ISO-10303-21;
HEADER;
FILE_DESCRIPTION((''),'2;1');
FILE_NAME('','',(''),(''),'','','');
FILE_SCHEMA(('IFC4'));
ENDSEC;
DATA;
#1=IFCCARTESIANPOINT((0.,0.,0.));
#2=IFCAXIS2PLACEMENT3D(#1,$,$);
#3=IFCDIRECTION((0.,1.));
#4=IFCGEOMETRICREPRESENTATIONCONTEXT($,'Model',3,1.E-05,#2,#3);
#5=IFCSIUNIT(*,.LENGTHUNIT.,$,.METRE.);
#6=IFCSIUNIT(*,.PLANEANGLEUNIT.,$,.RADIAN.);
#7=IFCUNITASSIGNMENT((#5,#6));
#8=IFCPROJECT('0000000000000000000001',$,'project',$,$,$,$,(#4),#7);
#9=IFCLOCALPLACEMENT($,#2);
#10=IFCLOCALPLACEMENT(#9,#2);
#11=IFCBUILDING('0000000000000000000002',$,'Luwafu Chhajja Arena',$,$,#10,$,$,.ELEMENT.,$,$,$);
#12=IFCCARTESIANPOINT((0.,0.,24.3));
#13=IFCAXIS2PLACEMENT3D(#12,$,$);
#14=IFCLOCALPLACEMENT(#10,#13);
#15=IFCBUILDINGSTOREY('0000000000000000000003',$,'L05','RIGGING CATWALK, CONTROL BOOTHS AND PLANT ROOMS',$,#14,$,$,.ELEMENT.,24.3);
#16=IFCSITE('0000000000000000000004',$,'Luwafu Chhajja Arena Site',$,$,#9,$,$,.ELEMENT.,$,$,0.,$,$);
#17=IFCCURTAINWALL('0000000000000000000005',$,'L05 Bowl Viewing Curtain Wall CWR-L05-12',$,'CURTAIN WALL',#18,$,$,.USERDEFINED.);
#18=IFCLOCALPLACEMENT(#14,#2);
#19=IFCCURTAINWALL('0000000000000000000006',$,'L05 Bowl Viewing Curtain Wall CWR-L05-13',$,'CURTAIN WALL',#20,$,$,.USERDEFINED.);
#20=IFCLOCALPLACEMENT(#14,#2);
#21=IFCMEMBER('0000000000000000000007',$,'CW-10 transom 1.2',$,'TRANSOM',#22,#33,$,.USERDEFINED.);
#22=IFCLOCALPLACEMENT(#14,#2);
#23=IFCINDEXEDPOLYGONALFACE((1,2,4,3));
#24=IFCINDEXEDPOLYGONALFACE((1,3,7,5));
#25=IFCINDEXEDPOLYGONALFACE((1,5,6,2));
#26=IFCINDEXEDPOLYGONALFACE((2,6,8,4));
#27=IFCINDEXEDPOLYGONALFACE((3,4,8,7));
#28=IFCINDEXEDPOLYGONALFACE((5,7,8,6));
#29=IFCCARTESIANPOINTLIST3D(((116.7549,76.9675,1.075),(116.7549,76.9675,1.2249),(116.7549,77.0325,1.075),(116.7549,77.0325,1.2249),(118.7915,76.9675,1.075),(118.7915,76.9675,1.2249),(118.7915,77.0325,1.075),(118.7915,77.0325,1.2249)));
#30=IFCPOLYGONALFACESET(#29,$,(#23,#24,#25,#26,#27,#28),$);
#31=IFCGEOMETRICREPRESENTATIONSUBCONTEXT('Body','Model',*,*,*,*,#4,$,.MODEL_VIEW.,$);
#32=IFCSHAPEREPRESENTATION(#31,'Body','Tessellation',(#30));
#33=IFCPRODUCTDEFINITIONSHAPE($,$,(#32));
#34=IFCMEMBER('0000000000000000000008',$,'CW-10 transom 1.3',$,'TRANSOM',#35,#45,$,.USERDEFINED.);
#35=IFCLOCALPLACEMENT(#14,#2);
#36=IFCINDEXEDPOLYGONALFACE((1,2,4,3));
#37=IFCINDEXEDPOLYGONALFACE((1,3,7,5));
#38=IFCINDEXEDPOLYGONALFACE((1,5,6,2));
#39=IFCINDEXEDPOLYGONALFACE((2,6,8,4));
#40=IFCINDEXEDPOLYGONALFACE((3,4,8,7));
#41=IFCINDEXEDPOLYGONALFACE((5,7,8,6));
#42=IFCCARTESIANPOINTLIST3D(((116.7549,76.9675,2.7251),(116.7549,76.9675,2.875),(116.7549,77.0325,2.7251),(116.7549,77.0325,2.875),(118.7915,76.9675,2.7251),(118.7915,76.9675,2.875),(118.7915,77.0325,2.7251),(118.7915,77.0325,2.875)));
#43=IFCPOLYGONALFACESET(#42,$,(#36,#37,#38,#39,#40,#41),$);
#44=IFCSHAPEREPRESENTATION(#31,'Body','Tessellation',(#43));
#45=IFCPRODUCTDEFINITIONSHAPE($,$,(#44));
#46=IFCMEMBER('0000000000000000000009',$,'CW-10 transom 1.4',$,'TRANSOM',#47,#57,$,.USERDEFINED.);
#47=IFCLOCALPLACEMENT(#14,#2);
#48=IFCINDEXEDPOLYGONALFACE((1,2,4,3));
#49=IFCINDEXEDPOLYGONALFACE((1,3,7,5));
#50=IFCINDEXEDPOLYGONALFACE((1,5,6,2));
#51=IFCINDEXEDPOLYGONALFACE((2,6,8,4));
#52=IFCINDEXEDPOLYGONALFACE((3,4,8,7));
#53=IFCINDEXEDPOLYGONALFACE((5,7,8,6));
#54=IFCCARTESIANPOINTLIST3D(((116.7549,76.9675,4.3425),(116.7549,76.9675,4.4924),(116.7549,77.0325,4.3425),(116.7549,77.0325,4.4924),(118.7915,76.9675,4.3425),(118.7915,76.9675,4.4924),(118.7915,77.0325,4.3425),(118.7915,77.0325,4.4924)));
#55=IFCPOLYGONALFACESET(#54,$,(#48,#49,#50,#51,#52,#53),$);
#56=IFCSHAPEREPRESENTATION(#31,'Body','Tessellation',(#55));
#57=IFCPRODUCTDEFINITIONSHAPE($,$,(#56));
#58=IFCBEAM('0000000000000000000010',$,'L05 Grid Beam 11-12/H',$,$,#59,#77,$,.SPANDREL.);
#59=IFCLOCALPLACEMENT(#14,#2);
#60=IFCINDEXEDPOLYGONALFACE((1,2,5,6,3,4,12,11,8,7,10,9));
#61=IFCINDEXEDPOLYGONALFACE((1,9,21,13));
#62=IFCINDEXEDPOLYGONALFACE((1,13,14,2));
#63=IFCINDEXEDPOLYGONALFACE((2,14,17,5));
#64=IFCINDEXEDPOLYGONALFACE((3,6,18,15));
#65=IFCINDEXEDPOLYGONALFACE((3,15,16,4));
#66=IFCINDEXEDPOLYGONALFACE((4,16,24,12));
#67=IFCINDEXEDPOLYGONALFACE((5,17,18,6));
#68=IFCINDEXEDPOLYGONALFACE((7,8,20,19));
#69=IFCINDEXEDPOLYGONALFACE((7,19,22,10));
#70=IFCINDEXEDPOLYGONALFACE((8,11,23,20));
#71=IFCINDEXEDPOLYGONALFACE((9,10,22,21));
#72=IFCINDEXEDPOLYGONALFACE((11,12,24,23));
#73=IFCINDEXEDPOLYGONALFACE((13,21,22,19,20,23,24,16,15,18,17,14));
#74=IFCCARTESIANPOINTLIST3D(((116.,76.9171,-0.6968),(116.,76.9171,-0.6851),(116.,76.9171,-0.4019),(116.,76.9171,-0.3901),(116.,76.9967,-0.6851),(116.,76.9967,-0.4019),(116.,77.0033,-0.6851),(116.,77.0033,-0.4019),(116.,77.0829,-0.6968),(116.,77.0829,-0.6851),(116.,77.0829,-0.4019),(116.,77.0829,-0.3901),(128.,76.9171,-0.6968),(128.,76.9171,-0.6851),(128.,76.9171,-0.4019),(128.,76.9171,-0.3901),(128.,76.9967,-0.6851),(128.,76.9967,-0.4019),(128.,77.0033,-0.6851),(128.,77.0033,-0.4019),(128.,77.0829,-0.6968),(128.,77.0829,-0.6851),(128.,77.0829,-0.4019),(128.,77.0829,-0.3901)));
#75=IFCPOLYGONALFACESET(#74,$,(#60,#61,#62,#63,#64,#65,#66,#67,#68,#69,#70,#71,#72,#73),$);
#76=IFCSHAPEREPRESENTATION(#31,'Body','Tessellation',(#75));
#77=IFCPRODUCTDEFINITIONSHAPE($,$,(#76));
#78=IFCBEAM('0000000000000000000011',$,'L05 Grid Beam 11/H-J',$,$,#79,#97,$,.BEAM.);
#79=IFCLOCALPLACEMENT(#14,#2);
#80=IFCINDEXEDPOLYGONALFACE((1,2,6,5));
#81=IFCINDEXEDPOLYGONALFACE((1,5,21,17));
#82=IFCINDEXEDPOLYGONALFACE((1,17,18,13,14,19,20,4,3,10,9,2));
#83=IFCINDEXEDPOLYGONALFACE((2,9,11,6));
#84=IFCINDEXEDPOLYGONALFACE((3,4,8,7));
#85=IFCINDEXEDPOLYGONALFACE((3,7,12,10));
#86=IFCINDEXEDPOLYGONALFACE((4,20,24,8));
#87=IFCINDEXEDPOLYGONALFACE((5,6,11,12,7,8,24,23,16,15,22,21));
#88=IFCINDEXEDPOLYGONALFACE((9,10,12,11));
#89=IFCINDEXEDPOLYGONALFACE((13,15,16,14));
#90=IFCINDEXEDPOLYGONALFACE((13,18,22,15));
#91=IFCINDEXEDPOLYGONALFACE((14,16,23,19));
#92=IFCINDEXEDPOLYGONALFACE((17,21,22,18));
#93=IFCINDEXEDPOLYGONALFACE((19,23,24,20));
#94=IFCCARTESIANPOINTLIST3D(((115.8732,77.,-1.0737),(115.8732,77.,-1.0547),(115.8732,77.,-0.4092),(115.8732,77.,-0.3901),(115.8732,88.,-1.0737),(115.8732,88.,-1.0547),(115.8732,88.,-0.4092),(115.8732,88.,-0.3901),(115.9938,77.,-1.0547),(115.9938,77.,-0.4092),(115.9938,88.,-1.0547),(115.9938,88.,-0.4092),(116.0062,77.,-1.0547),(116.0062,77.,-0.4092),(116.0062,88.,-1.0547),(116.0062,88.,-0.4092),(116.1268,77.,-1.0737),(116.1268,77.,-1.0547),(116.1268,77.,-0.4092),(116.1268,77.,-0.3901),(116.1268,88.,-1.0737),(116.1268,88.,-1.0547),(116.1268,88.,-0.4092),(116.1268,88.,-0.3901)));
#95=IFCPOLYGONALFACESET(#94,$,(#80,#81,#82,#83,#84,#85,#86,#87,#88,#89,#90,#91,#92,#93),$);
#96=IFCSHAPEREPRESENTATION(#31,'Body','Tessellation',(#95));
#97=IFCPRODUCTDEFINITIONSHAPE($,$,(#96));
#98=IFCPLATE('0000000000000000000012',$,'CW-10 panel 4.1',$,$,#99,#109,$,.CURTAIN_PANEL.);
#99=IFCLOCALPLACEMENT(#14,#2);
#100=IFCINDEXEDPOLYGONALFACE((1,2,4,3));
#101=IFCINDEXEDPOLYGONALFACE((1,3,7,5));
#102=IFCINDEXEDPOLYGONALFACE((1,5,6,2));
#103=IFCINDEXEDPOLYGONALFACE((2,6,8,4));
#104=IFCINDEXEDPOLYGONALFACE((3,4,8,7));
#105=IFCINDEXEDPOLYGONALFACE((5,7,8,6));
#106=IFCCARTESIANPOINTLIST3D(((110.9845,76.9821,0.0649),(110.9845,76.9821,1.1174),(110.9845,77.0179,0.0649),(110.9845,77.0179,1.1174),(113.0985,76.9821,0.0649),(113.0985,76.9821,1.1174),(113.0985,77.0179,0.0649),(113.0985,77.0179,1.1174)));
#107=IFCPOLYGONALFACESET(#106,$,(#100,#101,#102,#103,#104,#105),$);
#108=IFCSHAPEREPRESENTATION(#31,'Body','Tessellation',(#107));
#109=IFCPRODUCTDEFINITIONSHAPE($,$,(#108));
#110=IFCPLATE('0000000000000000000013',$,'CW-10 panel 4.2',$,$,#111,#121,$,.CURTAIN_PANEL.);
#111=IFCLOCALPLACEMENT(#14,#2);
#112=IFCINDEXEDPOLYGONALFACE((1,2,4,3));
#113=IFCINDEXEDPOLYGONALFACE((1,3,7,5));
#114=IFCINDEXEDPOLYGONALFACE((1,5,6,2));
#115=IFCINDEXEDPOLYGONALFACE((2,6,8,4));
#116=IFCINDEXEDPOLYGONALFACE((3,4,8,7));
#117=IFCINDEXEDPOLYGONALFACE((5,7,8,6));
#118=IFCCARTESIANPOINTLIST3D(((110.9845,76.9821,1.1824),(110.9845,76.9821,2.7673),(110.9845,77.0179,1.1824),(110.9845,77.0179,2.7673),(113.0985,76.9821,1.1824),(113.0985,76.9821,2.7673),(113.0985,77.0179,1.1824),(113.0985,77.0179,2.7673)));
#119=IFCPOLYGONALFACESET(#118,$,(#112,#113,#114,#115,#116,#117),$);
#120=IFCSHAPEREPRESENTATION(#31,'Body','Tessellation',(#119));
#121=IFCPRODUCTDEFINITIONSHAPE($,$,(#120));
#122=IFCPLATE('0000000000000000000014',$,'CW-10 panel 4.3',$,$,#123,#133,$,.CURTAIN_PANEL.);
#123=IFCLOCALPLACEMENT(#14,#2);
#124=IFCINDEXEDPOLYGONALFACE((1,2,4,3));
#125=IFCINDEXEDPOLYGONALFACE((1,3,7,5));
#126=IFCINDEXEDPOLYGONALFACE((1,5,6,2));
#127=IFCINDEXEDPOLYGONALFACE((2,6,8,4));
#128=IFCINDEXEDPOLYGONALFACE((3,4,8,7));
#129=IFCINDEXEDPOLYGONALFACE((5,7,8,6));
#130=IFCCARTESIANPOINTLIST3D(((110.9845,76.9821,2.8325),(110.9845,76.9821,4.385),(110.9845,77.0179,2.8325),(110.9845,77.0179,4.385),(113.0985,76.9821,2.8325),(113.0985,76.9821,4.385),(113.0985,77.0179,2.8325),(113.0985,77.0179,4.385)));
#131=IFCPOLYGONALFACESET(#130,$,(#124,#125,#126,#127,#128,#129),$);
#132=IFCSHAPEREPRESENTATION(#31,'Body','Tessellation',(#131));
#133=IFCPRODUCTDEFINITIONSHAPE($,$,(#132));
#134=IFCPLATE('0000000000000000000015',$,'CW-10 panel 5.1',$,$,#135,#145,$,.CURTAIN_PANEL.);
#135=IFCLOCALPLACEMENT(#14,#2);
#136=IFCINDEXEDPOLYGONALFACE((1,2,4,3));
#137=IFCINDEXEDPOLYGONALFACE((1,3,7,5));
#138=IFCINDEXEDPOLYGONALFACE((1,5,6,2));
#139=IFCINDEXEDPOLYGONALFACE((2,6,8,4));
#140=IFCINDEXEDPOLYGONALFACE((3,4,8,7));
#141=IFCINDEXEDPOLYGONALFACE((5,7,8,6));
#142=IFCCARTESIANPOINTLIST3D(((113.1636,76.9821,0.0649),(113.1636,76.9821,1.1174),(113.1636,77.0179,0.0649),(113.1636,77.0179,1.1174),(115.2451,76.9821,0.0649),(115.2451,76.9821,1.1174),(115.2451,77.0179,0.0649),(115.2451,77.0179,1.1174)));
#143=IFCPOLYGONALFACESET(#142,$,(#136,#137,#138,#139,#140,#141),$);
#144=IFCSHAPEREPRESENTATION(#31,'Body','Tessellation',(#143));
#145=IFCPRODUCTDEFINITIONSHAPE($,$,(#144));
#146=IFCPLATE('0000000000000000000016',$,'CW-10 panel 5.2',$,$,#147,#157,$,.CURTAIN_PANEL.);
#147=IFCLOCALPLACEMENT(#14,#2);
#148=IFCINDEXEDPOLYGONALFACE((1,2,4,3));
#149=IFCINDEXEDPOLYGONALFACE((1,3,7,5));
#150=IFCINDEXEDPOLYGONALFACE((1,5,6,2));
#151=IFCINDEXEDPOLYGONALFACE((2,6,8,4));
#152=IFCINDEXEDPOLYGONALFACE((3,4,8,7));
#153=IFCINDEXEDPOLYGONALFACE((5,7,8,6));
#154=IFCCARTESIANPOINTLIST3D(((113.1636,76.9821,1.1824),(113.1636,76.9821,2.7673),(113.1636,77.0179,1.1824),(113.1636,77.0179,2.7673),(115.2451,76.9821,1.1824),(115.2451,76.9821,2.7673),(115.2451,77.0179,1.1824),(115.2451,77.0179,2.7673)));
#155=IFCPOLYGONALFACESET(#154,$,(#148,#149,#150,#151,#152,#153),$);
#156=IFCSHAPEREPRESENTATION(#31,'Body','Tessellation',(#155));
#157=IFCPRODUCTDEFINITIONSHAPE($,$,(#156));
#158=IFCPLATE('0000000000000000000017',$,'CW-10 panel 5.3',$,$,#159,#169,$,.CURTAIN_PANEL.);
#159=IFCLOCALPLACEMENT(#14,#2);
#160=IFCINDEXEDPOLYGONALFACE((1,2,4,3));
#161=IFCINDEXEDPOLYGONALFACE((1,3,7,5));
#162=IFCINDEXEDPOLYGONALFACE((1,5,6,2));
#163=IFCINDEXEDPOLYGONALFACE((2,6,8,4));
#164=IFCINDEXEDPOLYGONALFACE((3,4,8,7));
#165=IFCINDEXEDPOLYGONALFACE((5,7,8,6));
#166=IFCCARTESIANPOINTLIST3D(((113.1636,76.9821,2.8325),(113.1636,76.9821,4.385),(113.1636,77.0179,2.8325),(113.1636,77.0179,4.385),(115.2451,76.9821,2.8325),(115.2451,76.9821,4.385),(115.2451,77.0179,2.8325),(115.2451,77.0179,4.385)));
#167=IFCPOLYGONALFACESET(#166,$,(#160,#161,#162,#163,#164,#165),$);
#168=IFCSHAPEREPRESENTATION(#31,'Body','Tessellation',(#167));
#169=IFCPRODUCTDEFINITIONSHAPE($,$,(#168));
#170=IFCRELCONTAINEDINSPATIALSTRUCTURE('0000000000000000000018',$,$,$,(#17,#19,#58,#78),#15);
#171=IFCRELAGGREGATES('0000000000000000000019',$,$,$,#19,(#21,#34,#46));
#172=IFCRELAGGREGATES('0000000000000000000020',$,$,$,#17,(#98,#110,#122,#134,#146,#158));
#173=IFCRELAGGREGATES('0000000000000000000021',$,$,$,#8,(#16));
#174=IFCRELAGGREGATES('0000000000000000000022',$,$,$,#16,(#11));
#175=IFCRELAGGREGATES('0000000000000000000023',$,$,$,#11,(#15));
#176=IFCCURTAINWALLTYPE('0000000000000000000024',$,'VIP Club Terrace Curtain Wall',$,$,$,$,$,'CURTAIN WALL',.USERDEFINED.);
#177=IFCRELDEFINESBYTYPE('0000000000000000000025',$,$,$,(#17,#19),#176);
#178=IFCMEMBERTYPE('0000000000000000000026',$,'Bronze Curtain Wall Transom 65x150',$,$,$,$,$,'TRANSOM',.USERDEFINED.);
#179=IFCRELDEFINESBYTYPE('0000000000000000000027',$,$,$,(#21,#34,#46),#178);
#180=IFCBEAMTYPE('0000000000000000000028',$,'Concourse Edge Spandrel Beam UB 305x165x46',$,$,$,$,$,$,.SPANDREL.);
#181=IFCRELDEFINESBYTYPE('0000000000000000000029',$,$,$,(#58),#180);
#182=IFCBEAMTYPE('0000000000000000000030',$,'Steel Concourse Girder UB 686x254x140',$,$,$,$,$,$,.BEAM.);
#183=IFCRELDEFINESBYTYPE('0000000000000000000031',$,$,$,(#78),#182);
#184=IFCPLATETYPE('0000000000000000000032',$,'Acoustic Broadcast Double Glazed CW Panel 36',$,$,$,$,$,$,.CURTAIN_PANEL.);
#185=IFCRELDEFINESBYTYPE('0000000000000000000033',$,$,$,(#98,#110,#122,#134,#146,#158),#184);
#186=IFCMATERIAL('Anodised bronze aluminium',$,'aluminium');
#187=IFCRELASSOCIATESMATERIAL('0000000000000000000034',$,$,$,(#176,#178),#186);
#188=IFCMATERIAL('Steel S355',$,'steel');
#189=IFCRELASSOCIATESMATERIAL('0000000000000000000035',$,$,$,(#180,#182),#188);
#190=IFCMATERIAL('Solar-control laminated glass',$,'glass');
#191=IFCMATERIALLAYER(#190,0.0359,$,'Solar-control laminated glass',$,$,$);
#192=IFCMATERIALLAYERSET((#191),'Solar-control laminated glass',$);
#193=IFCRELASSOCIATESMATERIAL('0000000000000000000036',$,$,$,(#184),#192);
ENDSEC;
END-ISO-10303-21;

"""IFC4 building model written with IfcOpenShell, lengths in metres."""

from ifc_helpers import new_model, si_unit, direction, frame, origin, origin_2d, place, context, subcontext, project, spatial, rectangle, i_section, extrude, material, layer, layer_set, material_profile, profile_set, type_object, element, aggregate, save


model = new_model("IFC4")

# Units and contexts
model_context = context("Model", 3, precision=1e-05, world=origin(), true_north=direction((0.0, 1.0)))
body_context = subcontext(model_context, "Body", "Model", "MODEL_VIEW")
ifc_project = project(units=[si_unit("LENGTHUNIT", "METRE"), si_unit("PLANEANGLEUNIT", "RADIAN")], contexts=[model_context])

# Site, building, storey
site_placement = place(None, origin())
site = spatial("IfcSite", under=ifc_project, at=site_placement, Name="Luwafu Chhajja Arena Site", CompositionType="ELEMENT", RefElevation=0.0)
building_placement = place(site_placement, origin())
building = spatial("IfcBuilding", under=site, at=building_placement, Name="Luwafu Chhajja Arena", CompositionType="ELEMENT")
storey_placement = place(building_placement, frame((0.0, 0.0, 24.3)))
storey = spatial("IfcBuildingStorey", under=building, at=storey_placement, Name="L05", Description="RIGGING CATWALK, CONTROL BOOTHS AND PLANT ROOMS", CompositionType="ELEMENT", Elevation=24.3)

# Curtain wall
ifc_material_1 = material(Name="Anodised bronze aluminium", Category="aluminium")
curtain_wall_type = type_object("IfcCurtainWallType", Name="VIP Club Terrace Curtain Wall", ElementType="CURTAIN WALL", PredefinedType="USERDEFINED", material=ifc_material_1)
curtain_wall_1_placement = place(storey_placement, origin())
curtain_wall_1 = element("IfcCurtainWall", 1, at=curtain_wall_1_placement, inside=storey, type_object=curtain_wall_type, Name="L05 Bowl Viewing Curtain Wall CWR-L05-12", ObjectType="CURTAIN WALL", PredefinedType="USERDEFINED")

# Curtain wall
curtain_wall_2_placement = place(storey_placement, origin())
curtain_wall_2 = element("IfcCurtainWall", 2, at=curtain_wall_2_placement, inside=storey, type_object=curtain_wall_type, Name="L05 Bowl Viewing Curtain Wall CWR-L05-13", ObjectType="CURTAIN WALL", PredefinedType="USERDEFINED")

# Members
ifc_material_profile_1 = material_profile(ifc_material_1, rectangle(XDim=0.0649, YDim=0.1499, at=origin_2d()), Name="CWT 65x150")
ifc_profile_set_1 = profile_set([ifc_material_profile_1], Name="Anodised bronze aluminium")
member_type_1 = type_object("IfcMemberType", Name="Bronze Curtain Wall Transom 65x150", ElementType="TRANSOM", PredefinedType="USERDEFINED", material=ifc_profile_set_1)
member_1_placement = place(storey_placement, frame((116.7549, 77.0, 1.1499), z_axis=(1.0, 0.0, 0.0), x_axis=(0.0, 1.0, 0.0)))
member_1 = element("IfcMember", 3, at=member_1_placement, type_object=member_type_1, Name="CW-10 transom 1.2", ObjectType="TRANSOM", PredefinedType="USERDEFINED", context=body_context, shape_type="SweptSolid", body=[
    extrude(rectangle(XDim=0.0649, YDim=0.1499, at=origin_2d()), origin(), (0.0, 0.0, 1.0), 2.0366),
])
member_2_placement = place(storey_placement, frame((116.7549, 77.0, 2.8), z_axis=(1.0, 0.0, 0.0), x_axis=(0.0, 1.0, 0.0)))
member_2 = element("IfcMember", 4, at=member_2_placement, type_object=member_type_1, Name="CW-10 transom 1.3", ObjectType="TRANSOM", PredefinedType="USERDEFINED", context=body_context, shape_type="SweptSolid", body=[
    extrude(rectangle(XDim=0.0649, YDim=0.1499, at=origin_2d()), origin(), (0.0, 0.0, 1.0), 2.0366),
])
member_3_placement = place(storey_placement, frame((116.7549, 77.0, 4.4175), z_axis=(1.0, 0.0, 0.0), x_axis=(0.0, 1.0, 0.0)))
member_3 = element("IfcMember", 5, at=member_3_placement, type_object=member_type_1, Name="CW-10 transom 1.4", ObjectType="TRANSOM", PredefinedType="USERDEFINED", context=body_context, shape_type="SweptSolid", body=[
    extrude(rectangle(XDim=0.0649, YDim=0.1499, at=origin_2d()), origin(), (0.0, 0.0, 1.0), 2.0366),
])
aggregate(curtain_wall_2, [member_1, member_2, member_3])

# Beams
ifc_material_2 = material(Name="Steel S355", Category="steel")
ifc_material_profile_2 = material_profile(ifc_material_2, i_section(OverallWidth=0.1658, OverallDepth=0.3066, WebThickness=0.0066, FlangeThickness=0.0117, at=origin_2d()), Name="UB 305x165x46")
ifc_profile_set_2 = profile_set([ifc_material_profile_2], Name="Steel S355")
beam_type_1 = type_object("IfcBeamType", Name="Concourse Edge Spandrel Beam UB 305x165x46", PredefinedType="SPANDREL", material=ifc_profile_set_2)
beam_1_placement = place(storey_placement, frame((116.0, 77.0, -0.5435), z_axis=(1.0, 0.0, 0.0), x_axis=(0.0, 1.0, 0.0)))
element("IfcBeam", 6, at=beam_1_placement, inside=storey, type_object=beam_type_1, Name="L05 Grid Beam 11-12/H", PredefinedType="SPANDREL", context=body_context, shape_type="SweptSolid", body=[
    extrude(i_section(OverallWidth=0.1658, OverallDepth=0.3066, WebThickness=0.0066, FlangeThickness=0.0117, at=origin_2d()), origin(), (0.0, 0.0, 1.0), 12.0),
])
ifc_material_profile_3 = material_profile(ifc_material_2, i_section(OverallWidth=0.2537, OverallDepth=0.6836, WebThickness=0.0125, FlangeThickness=0.019, at=origin_2d()), Name="UB 686x254x140")
ifc_profile_set_3 = profile_set([ifc_material_profile_3], Name="Steel S355")
beam_type_2 = type_object("IfcBeamType", Name="Steel Concourse Girder UB 686x254x140", PredefinedType="BEAM", material=ifc_profile_set_3)
beam_2_placement = place(storey_placement, frame((116.0, 77.0, -0.7319), z_axis=(0.0, 1.0, 0.0), x_axis=(-1.0, 0.0, 0.0)))
element("IfcBeam", 7, at=beam_2_placement, inside=storey, type_object=beam_type_2, Name="L05 Grid Beam 11/H-J", PredefinedType="BEAM", context=body_context, shape_type="SweptSolid", body=[
    extrude(i_section(OverallWidth=0.2537, OverallDepth=0.6836, WebThickness=0.0125, FlangeThickness=0.019, at=origin_2d()), origin(), (0.0, 0.0, 1.0), 11.0),
])

# Plates
ifc_material_3 = material(Name="Solar-control laminated glass", Category="glass")
ifc_layer = layer(ifc_material_3, 0.0359, Name="Solar-control laminated glass")
ifc_layer_set = layer_set([ifc_layer], Name="Solar-control laminated glass")
plate_type = type_object("IfcPlateType", Name="Acoustic Broadcast Double Glazed CW Panel 36", PredefinedType="CURTAIN_PANEL", material=ifc_layer_set)
plate_1_placement = place(storey_placement, frame((112.0415, 77.0, 0.0649), z_axis=(0.0, 0.0, 1.0), x_axis=(1.0, 0.0, 0.0)))
plate_1 = element("IfcPlate", 8, at=plate_1_placement, type_object=plate_type, Name="CW-10 panel 4.1", PredefinedType="CURTAIN_PANEL", context=body_context, shape_type="SweptSolid", body=[
    extrude(rectangle(XDim=2.114, YDim=0.0359, at=origin_2d()), origin(), (0.0, 0.0, 1.0), 1.0525),
])
plate_2_placement = place(storey_placement, frame((112.0415, 77.0, 1.1824), z_axis=(0.0, 0.0, 1.0), x_axis=(1.0, 0.0, 0.0)))
plate_2 = element("IfcPlate", 9, at=plate_2_placement, type_object=plate_type, Name="CW-10 panel 4.2", PredefinedType="CURTAIN_PANEL", context=body_context, shape_type="SweptSolid", body=[
    extrude(rectangle(XDim=2.114, YDim=0.0359, at=origin_2d()), origin(), (0.0, 0.0, 1.0), 1.585),
])
plate_3_placement = place(storey_placement, frame((112.0415, 77.0, 2.8325), z_axis=(0.0, 0.0, 1.0), x_axis=(1.0, 0.0, 0.0)))
plate_3 = element("IfcPlate", 10, at=plate_3_placement, type_object=plate_type, Name="CW-10 panel 4.3", PredefinedType="CURTAIN_PANEL", context=body_context, shape_type="SweptSolid", body=[
    extrude(rectangle(XDim=2.114, YDim=0.0359, at=origin_2d()), origin(), (0.0, 0.0, 1.0), 1.5525),
])
plate_4_placement = place(storey_placement, frame((114.2043, 77.0, 0.0649), z_axis=(0.0, 0.0, 1.0), x_axis=(1.0, 0.0, 0.0)))
plate_4 = element("IfcPlate", 11, at=plate_4_placement, type_object=plate_type, Name="CW-10 panel 5.1", PredefinedType="CURTAIN_PANEL", context=body_context, shape_type="SweptSolid", body=[
    extrude(rectangle(XDim=2.0815, YDim=0.0359, at=origin_2d()), origin(), (0.0, 0.0, 1.0), 1.0525),
])
plate_5_placement = place(storey_placement, frame((114.2043, 77.0, 1.1824), z_axis=(0.0, 0.0, 1.0), x_axis=(1.0, 0.0, 0.0)))
plate_5 = element("IfcPlate", 12, at=plate_5_placement, type_object=plate_type, Name="CW-10 panel 5.2", PredefinedType="CURTAIN_PANEL", context=body_context, shape_type="SweptSolid", body=[
    extrude(rectangle(XDim=2.0815, YDim=0.0359, at=origin_2d()), origin(), (0.0, 0.0, 1.0), 1.585),
])
plate_6_placement = place(storey_placement, frame((114.2043, 77.0, 2.8325), z_axis=(0.0, 0.0, 1.0), x_axis=(1.0, 0.0, 0.0)))
plate_6 = element("IfcPlate", 13, at=plate_6_placement, type_object=plate_type, Name="CW-10 panel 5.3", PredefinedType="CURTAIN_PANEL", context=body_context, shape_type="SweptSolid", body=[
    extrude(rectangle(XDim=2.0815, YDim=0.0359, at=origin_2d()), origin(), (0.0, 0.0, 1.0), 1.5525),
])
aggregate(curtain_wall_1, [plate_1, plate_2, plate_3, plate_4, plate_5, plate_6])

save(model, "model.ifc")
